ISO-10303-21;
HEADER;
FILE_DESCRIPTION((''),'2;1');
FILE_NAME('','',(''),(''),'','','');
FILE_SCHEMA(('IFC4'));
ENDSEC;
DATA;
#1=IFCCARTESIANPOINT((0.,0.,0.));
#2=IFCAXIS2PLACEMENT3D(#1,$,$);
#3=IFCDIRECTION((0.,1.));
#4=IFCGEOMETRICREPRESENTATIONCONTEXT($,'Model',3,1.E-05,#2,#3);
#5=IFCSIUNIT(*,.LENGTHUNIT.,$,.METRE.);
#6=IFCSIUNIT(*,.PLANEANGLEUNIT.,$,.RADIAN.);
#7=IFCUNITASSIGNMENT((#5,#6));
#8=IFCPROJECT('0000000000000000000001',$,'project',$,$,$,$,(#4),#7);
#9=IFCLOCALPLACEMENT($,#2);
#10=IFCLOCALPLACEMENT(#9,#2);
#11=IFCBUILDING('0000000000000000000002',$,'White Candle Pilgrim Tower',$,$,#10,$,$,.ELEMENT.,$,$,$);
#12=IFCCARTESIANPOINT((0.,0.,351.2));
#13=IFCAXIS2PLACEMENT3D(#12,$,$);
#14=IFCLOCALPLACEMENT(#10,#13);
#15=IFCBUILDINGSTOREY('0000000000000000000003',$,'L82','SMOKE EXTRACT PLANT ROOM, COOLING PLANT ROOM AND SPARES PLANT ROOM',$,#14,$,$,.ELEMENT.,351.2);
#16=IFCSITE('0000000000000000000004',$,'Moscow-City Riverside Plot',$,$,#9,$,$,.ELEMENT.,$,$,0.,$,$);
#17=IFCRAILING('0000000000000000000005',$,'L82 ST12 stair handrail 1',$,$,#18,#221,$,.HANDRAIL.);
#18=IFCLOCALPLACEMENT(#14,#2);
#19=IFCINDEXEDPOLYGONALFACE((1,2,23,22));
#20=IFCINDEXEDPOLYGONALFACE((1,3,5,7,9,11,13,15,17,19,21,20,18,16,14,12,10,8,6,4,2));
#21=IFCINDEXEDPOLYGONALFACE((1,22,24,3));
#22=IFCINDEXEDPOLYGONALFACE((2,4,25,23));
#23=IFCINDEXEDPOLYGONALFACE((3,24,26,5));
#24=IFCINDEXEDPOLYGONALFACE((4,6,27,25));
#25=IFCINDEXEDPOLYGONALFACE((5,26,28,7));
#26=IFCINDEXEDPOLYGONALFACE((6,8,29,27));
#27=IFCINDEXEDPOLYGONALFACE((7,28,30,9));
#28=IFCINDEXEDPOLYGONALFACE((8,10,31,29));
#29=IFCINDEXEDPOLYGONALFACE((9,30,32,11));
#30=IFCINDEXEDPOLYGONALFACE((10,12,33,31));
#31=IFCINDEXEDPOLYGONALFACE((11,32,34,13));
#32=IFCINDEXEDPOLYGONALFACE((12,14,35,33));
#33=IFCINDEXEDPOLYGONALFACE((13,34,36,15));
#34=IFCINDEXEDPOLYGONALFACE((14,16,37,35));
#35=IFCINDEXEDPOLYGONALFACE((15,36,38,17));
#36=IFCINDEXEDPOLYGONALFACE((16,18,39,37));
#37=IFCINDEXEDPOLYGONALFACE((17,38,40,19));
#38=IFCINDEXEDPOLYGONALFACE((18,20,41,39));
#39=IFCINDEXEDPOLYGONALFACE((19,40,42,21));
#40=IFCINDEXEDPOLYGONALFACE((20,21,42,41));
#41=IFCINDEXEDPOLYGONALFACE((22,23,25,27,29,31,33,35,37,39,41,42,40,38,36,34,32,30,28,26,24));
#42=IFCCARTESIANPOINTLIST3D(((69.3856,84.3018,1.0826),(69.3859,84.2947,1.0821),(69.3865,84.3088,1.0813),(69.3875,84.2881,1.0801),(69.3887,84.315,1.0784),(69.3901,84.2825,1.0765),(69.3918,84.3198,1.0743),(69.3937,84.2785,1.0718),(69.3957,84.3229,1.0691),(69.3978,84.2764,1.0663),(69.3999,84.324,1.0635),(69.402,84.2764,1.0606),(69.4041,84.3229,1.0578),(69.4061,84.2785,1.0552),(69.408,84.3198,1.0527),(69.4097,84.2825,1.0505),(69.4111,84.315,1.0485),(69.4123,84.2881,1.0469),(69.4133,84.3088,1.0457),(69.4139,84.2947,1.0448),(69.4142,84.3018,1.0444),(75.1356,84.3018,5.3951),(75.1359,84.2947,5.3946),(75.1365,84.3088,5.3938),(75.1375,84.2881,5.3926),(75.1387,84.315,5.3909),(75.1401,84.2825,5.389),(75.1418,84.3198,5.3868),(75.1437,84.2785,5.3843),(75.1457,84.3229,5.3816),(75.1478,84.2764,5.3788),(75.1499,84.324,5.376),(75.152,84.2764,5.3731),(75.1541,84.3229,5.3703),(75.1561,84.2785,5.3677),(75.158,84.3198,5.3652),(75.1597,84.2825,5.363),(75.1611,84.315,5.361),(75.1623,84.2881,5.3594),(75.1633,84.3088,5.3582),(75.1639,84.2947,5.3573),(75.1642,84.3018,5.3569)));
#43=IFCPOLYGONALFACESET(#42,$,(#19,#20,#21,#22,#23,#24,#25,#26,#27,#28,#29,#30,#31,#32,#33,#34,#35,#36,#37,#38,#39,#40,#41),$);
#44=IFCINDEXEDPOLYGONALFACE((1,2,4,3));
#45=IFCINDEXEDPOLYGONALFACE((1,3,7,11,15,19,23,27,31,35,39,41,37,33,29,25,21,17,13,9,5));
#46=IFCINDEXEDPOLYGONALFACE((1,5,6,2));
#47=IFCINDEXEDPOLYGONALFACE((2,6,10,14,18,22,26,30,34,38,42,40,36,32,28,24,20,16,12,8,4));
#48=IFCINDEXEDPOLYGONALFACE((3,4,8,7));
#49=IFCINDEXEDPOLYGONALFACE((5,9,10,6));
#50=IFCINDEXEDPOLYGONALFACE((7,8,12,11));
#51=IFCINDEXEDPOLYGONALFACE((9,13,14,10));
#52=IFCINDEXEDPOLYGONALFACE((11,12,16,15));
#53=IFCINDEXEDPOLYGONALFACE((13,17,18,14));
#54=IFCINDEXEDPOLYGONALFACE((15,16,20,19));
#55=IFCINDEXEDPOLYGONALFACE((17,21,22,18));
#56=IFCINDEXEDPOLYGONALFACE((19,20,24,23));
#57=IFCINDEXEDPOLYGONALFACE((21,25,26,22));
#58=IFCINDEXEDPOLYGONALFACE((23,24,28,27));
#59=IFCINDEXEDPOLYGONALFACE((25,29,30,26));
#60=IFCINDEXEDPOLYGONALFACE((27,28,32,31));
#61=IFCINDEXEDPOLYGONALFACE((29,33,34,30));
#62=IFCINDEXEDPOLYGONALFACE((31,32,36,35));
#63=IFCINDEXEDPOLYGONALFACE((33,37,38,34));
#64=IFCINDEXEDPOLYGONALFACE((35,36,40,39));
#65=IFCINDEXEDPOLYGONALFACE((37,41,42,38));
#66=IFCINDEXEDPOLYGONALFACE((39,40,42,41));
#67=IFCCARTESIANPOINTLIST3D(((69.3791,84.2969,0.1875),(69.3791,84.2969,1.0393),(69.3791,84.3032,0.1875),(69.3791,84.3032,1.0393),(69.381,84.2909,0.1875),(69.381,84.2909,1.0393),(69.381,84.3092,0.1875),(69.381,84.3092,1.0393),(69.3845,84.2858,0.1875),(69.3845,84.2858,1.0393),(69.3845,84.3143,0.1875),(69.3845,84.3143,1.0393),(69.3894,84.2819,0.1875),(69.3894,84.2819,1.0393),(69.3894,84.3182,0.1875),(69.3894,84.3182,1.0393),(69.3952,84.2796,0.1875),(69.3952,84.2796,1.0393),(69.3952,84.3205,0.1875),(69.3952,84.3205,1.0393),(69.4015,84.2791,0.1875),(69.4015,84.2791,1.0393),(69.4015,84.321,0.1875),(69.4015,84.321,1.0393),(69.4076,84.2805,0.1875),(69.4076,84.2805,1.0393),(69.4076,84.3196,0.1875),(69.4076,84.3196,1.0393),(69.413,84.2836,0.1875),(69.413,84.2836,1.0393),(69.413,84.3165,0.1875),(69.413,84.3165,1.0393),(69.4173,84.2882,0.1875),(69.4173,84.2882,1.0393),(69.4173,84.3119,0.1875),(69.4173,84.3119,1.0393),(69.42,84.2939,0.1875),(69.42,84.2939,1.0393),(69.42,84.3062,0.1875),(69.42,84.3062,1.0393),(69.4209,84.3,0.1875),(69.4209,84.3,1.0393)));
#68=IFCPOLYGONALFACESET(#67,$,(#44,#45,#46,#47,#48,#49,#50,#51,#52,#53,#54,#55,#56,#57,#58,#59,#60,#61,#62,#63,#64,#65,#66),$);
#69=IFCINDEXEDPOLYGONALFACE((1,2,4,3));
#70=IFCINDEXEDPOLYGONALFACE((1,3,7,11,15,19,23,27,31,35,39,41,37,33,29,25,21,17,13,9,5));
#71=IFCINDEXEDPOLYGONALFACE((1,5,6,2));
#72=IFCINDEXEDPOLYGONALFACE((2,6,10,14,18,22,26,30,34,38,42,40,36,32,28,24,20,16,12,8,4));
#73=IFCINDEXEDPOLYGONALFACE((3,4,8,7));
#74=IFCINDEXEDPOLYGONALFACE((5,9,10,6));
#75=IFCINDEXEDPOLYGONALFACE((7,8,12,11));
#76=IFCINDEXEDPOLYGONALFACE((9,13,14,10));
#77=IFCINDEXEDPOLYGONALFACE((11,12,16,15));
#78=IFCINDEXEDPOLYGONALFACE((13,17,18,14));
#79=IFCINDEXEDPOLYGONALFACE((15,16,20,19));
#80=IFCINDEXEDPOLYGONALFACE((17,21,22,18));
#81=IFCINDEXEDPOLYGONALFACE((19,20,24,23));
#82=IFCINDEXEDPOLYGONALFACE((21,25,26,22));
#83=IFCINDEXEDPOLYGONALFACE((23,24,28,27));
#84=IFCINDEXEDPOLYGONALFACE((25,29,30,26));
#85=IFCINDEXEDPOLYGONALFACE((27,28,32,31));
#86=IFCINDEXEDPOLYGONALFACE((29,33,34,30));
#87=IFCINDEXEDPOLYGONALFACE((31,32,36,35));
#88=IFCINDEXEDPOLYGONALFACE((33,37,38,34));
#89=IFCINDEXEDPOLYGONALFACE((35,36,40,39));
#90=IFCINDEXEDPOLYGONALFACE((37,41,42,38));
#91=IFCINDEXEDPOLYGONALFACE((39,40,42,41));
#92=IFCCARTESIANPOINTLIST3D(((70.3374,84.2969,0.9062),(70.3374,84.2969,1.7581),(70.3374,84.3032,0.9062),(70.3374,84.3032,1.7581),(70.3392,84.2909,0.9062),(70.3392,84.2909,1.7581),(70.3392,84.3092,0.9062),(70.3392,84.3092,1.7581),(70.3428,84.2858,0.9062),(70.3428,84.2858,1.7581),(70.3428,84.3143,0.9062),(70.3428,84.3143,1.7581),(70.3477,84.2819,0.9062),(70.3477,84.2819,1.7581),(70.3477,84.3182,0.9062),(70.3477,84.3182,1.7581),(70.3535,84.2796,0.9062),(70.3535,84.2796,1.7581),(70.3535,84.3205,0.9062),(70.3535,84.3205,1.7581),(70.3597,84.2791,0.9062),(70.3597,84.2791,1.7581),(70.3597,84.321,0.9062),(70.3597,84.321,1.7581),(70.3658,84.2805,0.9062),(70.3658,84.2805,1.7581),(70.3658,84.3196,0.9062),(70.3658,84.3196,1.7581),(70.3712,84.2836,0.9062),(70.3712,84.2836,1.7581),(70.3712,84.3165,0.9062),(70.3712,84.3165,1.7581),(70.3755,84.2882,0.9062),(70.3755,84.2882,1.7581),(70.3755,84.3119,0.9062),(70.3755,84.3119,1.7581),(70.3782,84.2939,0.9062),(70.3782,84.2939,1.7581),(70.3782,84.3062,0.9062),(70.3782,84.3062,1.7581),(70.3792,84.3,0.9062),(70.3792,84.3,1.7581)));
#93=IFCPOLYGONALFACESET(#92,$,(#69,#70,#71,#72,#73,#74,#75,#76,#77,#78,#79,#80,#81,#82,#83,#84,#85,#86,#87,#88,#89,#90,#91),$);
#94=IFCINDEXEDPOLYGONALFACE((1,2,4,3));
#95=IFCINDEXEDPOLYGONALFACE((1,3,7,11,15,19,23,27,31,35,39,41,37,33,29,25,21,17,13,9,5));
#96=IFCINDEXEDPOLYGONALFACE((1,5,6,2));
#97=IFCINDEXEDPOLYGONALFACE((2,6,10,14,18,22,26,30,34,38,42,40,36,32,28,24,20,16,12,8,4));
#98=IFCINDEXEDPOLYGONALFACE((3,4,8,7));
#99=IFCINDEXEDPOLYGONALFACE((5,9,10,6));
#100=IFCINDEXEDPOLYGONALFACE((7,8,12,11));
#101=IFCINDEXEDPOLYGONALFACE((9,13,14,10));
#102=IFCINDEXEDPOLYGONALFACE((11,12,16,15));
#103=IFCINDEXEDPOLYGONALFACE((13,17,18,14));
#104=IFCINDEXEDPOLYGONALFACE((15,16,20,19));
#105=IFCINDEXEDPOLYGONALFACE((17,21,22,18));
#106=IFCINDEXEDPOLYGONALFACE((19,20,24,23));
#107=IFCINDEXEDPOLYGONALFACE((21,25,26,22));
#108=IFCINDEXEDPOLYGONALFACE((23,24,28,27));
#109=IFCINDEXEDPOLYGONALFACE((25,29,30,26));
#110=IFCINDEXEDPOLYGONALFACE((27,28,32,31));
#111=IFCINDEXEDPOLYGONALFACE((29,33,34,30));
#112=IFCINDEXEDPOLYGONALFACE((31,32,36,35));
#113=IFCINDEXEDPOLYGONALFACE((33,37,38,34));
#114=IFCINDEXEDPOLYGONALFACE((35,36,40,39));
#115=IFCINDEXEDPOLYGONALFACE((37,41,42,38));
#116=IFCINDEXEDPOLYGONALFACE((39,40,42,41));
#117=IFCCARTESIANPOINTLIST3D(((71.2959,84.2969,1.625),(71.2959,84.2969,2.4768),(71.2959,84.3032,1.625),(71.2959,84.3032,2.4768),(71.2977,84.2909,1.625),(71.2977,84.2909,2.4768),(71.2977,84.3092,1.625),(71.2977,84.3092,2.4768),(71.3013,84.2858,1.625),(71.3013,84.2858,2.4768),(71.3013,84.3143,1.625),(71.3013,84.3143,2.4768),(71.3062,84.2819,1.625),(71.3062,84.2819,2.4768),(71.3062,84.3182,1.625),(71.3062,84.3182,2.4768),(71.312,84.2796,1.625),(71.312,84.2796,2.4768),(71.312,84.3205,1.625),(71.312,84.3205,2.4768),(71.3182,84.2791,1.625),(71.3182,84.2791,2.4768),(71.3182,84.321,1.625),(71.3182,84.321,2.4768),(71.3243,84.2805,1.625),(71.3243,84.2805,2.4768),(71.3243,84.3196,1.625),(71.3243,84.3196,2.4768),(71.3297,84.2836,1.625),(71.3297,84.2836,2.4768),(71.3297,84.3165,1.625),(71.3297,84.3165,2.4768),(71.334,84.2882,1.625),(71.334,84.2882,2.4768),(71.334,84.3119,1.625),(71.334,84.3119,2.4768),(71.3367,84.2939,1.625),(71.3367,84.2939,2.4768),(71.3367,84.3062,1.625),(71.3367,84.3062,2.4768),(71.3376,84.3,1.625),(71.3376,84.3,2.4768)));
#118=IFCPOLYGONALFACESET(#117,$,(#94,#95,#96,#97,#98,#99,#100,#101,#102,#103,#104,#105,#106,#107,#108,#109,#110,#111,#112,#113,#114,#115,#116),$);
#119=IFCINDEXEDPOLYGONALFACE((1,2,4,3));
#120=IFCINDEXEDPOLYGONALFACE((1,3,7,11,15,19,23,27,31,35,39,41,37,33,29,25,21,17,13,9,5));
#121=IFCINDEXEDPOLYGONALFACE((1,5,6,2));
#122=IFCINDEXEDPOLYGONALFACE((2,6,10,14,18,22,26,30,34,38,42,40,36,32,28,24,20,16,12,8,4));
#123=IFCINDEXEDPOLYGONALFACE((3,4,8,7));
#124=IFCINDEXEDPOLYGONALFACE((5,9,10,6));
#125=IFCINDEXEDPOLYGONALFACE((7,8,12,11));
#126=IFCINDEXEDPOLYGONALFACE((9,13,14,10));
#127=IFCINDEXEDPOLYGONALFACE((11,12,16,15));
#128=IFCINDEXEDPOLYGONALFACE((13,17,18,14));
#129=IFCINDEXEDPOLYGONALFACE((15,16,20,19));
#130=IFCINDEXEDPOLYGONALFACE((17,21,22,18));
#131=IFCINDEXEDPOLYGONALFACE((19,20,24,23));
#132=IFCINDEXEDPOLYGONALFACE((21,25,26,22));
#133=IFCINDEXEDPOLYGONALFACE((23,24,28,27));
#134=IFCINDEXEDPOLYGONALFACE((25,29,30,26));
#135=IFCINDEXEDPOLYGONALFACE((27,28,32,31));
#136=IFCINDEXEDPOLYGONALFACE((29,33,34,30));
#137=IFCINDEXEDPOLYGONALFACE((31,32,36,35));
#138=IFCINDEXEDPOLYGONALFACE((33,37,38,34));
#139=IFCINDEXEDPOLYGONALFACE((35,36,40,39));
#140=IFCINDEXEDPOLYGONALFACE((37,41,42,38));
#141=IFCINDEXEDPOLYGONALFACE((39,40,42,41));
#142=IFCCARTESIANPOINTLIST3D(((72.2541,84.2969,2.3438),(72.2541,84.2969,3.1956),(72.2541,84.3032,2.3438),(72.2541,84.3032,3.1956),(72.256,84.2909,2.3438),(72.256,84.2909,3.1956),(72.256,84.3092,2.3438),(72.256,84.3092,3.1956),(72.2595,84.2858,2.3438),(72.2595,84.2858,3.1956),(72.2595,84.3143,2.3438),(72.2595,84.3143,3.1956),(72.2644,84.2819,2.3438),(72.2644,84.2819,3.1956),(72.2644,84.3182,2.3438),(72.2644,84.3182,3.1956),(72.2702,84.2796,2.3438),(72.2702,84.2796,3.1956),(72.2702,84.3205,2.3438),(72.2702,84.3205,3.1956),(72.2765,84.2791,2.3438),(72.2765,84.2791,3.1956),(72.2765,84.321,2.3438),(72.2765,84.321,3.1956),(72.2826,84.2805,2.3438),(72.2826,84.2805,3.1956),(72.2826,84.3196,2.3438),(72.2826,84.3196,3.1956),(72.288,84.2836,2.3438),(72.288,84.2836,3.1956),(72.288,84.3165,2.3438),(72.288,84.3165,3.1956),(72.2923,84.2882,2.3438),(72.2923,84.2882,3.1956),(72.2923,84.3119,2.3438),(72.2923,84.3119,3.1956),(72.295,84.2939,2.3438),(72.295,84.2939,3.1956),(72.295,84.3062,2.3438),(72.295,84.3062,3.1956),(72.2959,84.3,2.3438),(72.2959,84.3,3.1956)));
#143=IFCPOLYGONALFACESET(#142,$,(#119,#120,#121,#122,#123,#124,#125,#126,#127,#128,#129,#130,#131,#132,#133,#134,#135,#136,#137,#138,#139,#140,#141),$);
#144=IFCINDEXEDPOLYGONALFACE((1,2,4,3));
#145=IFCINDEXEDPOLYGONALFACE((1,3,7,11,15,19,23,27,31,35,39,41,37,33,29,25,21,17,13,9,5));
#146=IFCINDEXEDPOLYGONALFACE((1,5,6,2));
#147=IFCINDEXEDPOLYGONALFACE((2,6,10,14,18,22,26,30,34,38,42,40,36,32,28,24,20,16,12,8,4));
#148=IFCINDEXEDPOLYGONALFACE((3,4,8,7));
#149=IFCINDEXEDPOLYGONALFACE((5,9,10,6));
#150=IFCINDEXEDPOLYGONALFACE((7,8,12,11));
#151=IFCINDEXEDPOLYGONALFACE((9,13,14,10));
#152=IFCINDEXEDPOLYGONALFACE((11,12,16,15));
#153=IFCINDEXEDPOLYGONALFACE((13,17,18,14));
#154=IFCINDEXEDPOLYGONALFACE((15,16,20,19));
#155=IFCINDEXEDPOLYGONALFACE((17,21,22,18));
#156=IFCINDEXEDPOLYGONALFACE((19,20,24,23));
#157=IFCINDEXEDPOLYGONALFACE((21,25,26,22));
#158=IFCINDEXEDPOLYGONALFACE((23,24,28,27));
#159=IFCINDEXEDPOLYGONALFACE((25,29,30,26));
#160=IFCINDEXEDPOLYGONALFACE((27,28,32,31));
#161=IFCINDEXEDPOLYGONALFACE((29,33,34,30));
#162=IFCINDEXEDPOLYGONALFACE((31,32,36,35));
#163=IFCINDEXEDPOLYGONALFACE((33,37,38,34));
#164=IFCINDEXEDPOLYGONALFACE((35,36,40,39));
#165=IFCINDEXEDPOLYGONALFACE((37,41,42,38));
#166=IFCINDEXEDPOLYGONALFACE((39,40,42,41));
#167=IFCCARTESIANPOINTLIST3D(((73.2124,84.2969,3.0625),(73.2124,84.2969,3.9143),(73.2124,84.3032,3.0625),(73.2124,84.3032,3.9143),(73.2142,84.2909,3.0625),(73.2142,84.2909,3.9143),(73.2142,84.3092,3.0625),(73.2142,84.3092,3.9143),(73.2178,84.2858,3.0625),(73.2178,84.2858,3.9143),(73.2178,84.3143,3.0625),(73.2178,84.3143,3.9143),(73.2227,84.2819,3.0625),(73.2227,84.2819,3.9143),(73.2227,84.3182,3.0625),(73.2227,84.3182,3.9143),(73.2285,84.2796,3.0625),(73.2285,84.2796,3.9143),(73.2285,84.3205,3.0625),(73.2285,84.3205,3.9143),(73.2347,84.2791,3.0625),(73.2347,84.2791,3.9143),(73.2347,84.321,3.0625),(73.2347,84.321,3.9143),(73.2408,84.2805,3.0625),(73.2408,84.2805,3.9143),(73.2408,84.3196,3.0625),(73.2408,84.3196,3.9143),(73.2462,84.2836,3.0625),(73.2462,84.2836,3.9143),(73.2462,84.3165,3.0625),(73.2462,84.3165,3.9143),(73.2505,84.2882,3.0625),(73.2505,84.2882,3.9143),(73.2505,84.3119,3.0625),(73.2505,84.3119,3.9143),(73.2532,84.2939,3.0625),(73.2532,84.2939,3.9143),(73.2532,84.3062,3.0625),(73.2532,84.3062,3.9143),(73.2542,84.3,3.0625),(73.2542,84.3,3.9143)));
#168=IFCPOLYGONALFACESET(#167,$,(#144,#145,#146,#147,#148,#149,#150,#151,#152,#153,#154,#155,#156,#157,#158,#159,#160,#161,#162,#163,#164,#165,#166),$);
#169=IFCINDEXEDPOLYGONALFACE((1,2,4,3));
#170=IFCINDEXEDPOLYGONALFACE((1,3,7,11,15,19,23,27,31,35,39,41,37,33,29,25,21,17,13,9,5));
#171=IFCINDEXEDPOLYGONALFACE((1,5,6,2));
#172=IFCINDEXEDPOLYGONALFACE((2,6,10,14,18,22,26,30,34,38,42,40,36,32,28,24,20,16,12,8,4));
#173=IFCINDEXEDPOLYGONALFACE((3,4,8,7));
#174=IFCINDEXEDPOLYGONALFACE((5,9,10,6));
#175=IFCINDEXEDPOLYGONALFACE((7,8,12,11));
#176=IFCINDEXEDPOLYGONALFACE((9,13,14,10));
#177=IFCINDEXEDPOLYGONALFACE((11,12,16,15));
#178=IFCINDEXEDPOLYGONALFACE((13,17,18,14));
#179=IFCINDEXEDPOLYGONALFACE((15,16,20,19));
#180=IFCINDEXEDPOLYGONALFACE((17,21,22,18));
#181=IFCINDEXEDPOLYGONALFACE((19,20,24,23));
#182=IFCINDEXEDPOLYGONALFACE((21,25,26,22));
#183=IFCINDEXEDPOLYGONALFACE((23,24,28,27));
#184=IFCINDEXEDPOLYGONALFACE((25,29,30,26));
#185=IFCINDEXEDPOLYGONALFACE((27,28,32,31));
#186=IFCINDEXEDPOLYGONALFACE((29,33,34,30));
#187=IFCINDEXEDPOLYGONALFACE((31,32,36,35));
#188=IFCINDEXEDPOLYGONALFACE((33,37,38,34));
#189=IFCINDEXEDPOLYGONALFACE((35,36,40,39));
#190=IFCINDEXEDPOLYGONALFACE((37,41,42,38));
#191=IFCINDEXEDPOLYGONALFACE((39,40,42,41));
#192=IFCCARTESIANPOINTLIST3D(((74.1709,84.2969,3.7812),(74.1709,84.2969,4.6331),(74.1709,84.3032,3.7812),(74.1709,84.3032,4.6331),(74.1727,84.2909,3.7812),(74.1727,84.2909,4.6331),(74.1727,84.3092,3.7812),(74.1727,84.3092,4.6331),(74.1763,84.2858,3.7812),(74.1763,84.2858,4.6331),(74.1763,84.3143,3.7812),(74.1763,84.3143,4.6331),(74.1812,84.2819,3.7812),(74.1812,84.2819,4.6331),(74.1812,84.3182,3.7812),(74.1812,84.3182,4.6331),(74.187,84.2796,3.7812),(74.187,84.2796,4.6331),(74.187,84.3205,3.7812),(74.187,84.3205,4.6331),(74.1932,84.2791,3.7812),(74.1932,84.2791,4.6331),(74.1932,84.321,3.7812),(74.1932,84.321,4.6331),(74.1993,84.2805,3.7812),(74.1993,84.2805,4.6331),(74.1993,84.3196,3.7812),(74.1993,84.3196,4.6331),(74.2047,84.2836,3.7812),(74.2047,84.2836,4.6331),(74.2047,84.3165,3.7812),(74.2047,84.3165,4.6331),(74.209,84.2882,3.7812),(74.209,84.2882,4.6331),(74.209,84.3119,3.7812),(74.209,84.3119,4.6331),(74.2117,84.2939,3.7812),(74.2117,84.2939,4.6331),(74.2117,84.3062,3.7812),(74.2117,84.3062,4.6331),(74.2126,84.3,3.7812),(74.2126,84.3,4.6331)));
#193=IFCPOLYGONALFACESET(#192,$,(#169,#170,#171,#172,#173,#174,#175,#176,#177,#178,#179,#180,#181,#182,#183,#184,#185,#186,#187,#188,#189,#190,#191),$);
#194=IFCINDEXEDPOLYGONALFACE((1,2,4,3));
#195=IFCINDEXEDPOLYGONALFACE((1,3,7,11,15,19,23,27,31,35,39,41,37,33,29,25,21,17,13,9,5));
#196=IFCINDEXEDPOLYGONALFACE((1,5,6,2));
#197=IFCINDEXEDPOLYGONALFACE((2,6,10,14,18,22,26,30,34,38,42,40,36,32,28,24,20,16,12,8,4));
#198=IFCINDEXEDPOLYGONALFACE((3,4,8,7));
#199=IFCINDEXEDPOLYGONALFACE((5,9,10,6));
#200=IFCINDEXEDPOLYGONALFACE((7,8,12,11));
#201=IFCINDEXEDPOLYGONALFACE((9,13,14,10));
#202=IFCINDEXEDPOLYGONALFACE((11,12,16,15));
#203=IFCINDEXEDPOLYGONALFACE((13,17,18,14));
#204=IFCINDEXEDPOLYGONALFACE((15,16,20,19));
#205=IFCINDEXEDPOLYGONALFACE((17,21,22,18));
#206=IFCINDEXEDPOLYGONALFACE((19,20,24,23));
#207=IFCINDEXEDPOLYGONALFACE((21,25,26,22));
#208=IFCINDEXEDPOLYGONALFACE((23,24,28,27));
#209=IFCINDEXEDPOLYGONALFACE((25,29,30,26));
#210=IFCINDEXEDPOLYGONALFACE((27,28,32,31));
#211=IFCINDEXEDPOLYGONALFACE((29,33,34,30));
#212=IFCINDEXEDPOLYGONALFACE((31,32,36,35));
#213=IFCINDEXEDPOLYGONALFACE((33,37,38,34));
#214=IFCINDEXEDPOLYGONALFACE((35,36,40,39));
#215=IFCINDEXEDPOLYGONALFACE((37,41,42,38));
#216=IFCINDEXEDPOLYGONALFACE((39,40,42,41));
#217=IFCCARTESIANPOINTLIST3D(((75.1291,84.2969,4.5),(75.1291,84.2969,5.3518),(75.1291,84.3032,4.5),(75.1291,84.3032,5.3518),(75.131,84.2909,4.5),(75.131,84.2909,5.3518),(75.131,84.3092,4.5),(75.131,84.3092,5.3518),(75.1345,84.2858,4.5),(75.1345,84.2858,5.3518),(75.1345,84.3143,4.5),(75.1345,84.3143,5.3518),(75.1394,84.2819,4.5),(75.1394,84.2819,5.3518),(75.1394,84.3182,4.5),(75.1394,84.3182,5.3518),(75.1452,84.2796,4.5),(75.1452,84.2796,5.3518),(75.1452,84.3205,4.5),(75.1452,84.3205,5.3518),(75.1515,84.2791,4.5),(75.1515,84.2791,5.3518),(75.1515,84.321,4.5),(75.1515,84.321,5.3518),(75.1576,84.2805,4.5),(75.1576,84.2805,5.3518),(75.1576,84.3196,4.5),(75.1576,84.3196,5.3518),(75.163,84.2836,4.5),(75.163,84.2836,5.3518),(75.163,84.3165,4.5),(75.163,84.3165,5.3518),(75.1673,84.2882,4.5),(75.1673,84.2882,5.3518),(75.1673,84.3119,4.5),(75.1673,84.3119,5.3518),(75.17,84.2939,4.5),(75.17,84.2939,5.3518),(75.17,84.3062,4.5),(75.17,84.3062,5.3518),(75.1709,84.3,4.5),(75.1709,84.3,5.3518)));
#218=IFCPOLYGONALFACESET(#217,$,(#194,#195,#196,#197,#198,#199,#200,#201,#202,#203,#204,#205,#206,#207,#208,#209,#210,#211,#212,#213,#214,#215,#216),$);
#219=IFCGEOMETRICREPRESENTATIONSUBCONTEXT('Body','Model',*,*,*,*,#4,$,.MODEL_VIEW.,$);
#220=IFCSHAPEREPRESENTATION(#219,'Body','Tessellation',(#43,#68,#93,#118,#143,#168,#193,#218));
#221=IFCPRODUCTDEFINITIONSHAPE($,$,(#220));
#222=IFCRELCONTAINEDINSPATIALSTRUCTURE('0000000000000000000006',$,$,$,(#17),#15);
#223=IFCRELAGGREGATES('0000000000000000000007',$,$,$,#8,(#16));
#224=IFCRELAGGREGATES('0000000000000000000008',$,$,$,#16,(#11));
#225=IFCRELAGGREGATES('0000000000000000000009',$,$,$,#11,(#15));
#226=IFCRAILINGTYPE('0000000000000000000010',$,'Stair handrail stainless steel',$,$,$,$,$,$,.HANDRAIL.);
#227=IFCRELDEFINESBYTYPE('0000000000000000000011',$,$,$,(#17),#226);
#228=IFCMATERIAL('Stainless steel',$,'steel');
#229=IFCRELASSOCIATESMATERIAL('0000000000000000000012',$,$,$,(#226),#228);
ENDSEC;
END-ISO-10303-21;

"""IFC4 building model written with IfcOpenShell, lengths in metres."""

from ifc_helpers import new_model, si_unit, direction, frame, origin, origin_2d, place, context, subcontext, project, spatial, circle, extrude, material, type_object, element, save


model = new_model("IFC4")

# Units and contexts
model_context = context("Model", 3, precision=1e-05, world=origin(), true_north=direction((0.0, 1.0)))
body_context = subcontext(model_context, "Body", "Model", "MODEL_VIEW")
ifc_project = project(units=[si_unit("LENGTHUNIT", "METRE"), si_unit("PLANEANGLEUNIT", "RADIAN")], contexts=[model_context])

# Site, building, storey
site_placement = place(None, origin())
site = spatial("IfcSite", under=ifc_project, at=site_placement, Name="Moscow-City Riverside Plot", CompositionType="ELEMENT", RefElevation=0.0)
building_placement = place(site_placement, origin())
building = spatial("IfcBuilding", under=site, at=building_placement, Name="White Candle Pilgrim Tower", CompositionType="ELEMENT")
storey_placement = place(building_placement, frame((0.0, 0.0, 351.2)))
storey = spatial("IfcBuildingStorey", under=building, at=storey_placement, Name="L82", Description="SMOKE EXTRACT PLANT ROOM, COOLING PLANT ROOM AND SPARES PLANT ROOM", CompositionType="ELEMENT", Elevation=351.2)

# Shared definitions
ifc_material_1 = material(Name="Stainless steel", Category="steel")

# Railing
railing_type = type_object("IfcRailingType", Name="Stair handrail stainless steel", PredefinedType="HANDRAIL", material=ifc_material_1)
railing_placement = place(storey_placement, frame((69.3999, 84.3, 0.1875)))
element("IfcRailing", 1, at=railing_placement, inside=storey, type_object=railing_type, Name="L82 ST12 stair handrail 1", PredefinedType="HANDRAIL", context=body_context, shape_type="SweptSolid", body=[
    extrude(circle(Radius=0.0239, at=origin_2d()), frame((0.0, 0.0, 0.876), z_axis=(0.8, 0.0, 0.6), x_axis=(0.0, 1.0, 0.0)), (0.0, 0.0, 1.0), 7.1875),
    extrude(circle(Radius=0.021, at=origin_2d()), origin(), (0.0, 0.0, 1.0), 0.8518),
    extrude(circle(Radius=0.021, at=origin_2d()), frame((0.9583, 0.0, 0.7188)), (0.0, 0.0, 1.0), 0.8518),
    extrude(circle(Radius=0.021, at=origin_2d()), frame((1.9167, 0.0, 1.4375)), (0.0, 0.0, 1.0), 0.8518),
    extrude(circle(Radius=0.021, at=origin_2d()), frame((2.875, 0.0, 2.1562)), (0.0, 0.0, 1.0), 0.8518),
    extrude(circle(Radius=0.021, at=origin_2d()), frame((3.8333, 0.0, 2.875)), (0.0, 0.0, 1.0), 0.8518),
    extrude(circle(Radius=0.021, at=origin_2d()), frame((4.7917, 0.0, 3.5938)), (0.0, 0.0, 1.0), 0.8518),
    extrude(circle(Radius=0.021, at=origin_2d()), frame((5.75, 0.0, 4.3125)), (0.0, 0.0, 1.0), 0.8518),
])

save(model, "model.ifc")
